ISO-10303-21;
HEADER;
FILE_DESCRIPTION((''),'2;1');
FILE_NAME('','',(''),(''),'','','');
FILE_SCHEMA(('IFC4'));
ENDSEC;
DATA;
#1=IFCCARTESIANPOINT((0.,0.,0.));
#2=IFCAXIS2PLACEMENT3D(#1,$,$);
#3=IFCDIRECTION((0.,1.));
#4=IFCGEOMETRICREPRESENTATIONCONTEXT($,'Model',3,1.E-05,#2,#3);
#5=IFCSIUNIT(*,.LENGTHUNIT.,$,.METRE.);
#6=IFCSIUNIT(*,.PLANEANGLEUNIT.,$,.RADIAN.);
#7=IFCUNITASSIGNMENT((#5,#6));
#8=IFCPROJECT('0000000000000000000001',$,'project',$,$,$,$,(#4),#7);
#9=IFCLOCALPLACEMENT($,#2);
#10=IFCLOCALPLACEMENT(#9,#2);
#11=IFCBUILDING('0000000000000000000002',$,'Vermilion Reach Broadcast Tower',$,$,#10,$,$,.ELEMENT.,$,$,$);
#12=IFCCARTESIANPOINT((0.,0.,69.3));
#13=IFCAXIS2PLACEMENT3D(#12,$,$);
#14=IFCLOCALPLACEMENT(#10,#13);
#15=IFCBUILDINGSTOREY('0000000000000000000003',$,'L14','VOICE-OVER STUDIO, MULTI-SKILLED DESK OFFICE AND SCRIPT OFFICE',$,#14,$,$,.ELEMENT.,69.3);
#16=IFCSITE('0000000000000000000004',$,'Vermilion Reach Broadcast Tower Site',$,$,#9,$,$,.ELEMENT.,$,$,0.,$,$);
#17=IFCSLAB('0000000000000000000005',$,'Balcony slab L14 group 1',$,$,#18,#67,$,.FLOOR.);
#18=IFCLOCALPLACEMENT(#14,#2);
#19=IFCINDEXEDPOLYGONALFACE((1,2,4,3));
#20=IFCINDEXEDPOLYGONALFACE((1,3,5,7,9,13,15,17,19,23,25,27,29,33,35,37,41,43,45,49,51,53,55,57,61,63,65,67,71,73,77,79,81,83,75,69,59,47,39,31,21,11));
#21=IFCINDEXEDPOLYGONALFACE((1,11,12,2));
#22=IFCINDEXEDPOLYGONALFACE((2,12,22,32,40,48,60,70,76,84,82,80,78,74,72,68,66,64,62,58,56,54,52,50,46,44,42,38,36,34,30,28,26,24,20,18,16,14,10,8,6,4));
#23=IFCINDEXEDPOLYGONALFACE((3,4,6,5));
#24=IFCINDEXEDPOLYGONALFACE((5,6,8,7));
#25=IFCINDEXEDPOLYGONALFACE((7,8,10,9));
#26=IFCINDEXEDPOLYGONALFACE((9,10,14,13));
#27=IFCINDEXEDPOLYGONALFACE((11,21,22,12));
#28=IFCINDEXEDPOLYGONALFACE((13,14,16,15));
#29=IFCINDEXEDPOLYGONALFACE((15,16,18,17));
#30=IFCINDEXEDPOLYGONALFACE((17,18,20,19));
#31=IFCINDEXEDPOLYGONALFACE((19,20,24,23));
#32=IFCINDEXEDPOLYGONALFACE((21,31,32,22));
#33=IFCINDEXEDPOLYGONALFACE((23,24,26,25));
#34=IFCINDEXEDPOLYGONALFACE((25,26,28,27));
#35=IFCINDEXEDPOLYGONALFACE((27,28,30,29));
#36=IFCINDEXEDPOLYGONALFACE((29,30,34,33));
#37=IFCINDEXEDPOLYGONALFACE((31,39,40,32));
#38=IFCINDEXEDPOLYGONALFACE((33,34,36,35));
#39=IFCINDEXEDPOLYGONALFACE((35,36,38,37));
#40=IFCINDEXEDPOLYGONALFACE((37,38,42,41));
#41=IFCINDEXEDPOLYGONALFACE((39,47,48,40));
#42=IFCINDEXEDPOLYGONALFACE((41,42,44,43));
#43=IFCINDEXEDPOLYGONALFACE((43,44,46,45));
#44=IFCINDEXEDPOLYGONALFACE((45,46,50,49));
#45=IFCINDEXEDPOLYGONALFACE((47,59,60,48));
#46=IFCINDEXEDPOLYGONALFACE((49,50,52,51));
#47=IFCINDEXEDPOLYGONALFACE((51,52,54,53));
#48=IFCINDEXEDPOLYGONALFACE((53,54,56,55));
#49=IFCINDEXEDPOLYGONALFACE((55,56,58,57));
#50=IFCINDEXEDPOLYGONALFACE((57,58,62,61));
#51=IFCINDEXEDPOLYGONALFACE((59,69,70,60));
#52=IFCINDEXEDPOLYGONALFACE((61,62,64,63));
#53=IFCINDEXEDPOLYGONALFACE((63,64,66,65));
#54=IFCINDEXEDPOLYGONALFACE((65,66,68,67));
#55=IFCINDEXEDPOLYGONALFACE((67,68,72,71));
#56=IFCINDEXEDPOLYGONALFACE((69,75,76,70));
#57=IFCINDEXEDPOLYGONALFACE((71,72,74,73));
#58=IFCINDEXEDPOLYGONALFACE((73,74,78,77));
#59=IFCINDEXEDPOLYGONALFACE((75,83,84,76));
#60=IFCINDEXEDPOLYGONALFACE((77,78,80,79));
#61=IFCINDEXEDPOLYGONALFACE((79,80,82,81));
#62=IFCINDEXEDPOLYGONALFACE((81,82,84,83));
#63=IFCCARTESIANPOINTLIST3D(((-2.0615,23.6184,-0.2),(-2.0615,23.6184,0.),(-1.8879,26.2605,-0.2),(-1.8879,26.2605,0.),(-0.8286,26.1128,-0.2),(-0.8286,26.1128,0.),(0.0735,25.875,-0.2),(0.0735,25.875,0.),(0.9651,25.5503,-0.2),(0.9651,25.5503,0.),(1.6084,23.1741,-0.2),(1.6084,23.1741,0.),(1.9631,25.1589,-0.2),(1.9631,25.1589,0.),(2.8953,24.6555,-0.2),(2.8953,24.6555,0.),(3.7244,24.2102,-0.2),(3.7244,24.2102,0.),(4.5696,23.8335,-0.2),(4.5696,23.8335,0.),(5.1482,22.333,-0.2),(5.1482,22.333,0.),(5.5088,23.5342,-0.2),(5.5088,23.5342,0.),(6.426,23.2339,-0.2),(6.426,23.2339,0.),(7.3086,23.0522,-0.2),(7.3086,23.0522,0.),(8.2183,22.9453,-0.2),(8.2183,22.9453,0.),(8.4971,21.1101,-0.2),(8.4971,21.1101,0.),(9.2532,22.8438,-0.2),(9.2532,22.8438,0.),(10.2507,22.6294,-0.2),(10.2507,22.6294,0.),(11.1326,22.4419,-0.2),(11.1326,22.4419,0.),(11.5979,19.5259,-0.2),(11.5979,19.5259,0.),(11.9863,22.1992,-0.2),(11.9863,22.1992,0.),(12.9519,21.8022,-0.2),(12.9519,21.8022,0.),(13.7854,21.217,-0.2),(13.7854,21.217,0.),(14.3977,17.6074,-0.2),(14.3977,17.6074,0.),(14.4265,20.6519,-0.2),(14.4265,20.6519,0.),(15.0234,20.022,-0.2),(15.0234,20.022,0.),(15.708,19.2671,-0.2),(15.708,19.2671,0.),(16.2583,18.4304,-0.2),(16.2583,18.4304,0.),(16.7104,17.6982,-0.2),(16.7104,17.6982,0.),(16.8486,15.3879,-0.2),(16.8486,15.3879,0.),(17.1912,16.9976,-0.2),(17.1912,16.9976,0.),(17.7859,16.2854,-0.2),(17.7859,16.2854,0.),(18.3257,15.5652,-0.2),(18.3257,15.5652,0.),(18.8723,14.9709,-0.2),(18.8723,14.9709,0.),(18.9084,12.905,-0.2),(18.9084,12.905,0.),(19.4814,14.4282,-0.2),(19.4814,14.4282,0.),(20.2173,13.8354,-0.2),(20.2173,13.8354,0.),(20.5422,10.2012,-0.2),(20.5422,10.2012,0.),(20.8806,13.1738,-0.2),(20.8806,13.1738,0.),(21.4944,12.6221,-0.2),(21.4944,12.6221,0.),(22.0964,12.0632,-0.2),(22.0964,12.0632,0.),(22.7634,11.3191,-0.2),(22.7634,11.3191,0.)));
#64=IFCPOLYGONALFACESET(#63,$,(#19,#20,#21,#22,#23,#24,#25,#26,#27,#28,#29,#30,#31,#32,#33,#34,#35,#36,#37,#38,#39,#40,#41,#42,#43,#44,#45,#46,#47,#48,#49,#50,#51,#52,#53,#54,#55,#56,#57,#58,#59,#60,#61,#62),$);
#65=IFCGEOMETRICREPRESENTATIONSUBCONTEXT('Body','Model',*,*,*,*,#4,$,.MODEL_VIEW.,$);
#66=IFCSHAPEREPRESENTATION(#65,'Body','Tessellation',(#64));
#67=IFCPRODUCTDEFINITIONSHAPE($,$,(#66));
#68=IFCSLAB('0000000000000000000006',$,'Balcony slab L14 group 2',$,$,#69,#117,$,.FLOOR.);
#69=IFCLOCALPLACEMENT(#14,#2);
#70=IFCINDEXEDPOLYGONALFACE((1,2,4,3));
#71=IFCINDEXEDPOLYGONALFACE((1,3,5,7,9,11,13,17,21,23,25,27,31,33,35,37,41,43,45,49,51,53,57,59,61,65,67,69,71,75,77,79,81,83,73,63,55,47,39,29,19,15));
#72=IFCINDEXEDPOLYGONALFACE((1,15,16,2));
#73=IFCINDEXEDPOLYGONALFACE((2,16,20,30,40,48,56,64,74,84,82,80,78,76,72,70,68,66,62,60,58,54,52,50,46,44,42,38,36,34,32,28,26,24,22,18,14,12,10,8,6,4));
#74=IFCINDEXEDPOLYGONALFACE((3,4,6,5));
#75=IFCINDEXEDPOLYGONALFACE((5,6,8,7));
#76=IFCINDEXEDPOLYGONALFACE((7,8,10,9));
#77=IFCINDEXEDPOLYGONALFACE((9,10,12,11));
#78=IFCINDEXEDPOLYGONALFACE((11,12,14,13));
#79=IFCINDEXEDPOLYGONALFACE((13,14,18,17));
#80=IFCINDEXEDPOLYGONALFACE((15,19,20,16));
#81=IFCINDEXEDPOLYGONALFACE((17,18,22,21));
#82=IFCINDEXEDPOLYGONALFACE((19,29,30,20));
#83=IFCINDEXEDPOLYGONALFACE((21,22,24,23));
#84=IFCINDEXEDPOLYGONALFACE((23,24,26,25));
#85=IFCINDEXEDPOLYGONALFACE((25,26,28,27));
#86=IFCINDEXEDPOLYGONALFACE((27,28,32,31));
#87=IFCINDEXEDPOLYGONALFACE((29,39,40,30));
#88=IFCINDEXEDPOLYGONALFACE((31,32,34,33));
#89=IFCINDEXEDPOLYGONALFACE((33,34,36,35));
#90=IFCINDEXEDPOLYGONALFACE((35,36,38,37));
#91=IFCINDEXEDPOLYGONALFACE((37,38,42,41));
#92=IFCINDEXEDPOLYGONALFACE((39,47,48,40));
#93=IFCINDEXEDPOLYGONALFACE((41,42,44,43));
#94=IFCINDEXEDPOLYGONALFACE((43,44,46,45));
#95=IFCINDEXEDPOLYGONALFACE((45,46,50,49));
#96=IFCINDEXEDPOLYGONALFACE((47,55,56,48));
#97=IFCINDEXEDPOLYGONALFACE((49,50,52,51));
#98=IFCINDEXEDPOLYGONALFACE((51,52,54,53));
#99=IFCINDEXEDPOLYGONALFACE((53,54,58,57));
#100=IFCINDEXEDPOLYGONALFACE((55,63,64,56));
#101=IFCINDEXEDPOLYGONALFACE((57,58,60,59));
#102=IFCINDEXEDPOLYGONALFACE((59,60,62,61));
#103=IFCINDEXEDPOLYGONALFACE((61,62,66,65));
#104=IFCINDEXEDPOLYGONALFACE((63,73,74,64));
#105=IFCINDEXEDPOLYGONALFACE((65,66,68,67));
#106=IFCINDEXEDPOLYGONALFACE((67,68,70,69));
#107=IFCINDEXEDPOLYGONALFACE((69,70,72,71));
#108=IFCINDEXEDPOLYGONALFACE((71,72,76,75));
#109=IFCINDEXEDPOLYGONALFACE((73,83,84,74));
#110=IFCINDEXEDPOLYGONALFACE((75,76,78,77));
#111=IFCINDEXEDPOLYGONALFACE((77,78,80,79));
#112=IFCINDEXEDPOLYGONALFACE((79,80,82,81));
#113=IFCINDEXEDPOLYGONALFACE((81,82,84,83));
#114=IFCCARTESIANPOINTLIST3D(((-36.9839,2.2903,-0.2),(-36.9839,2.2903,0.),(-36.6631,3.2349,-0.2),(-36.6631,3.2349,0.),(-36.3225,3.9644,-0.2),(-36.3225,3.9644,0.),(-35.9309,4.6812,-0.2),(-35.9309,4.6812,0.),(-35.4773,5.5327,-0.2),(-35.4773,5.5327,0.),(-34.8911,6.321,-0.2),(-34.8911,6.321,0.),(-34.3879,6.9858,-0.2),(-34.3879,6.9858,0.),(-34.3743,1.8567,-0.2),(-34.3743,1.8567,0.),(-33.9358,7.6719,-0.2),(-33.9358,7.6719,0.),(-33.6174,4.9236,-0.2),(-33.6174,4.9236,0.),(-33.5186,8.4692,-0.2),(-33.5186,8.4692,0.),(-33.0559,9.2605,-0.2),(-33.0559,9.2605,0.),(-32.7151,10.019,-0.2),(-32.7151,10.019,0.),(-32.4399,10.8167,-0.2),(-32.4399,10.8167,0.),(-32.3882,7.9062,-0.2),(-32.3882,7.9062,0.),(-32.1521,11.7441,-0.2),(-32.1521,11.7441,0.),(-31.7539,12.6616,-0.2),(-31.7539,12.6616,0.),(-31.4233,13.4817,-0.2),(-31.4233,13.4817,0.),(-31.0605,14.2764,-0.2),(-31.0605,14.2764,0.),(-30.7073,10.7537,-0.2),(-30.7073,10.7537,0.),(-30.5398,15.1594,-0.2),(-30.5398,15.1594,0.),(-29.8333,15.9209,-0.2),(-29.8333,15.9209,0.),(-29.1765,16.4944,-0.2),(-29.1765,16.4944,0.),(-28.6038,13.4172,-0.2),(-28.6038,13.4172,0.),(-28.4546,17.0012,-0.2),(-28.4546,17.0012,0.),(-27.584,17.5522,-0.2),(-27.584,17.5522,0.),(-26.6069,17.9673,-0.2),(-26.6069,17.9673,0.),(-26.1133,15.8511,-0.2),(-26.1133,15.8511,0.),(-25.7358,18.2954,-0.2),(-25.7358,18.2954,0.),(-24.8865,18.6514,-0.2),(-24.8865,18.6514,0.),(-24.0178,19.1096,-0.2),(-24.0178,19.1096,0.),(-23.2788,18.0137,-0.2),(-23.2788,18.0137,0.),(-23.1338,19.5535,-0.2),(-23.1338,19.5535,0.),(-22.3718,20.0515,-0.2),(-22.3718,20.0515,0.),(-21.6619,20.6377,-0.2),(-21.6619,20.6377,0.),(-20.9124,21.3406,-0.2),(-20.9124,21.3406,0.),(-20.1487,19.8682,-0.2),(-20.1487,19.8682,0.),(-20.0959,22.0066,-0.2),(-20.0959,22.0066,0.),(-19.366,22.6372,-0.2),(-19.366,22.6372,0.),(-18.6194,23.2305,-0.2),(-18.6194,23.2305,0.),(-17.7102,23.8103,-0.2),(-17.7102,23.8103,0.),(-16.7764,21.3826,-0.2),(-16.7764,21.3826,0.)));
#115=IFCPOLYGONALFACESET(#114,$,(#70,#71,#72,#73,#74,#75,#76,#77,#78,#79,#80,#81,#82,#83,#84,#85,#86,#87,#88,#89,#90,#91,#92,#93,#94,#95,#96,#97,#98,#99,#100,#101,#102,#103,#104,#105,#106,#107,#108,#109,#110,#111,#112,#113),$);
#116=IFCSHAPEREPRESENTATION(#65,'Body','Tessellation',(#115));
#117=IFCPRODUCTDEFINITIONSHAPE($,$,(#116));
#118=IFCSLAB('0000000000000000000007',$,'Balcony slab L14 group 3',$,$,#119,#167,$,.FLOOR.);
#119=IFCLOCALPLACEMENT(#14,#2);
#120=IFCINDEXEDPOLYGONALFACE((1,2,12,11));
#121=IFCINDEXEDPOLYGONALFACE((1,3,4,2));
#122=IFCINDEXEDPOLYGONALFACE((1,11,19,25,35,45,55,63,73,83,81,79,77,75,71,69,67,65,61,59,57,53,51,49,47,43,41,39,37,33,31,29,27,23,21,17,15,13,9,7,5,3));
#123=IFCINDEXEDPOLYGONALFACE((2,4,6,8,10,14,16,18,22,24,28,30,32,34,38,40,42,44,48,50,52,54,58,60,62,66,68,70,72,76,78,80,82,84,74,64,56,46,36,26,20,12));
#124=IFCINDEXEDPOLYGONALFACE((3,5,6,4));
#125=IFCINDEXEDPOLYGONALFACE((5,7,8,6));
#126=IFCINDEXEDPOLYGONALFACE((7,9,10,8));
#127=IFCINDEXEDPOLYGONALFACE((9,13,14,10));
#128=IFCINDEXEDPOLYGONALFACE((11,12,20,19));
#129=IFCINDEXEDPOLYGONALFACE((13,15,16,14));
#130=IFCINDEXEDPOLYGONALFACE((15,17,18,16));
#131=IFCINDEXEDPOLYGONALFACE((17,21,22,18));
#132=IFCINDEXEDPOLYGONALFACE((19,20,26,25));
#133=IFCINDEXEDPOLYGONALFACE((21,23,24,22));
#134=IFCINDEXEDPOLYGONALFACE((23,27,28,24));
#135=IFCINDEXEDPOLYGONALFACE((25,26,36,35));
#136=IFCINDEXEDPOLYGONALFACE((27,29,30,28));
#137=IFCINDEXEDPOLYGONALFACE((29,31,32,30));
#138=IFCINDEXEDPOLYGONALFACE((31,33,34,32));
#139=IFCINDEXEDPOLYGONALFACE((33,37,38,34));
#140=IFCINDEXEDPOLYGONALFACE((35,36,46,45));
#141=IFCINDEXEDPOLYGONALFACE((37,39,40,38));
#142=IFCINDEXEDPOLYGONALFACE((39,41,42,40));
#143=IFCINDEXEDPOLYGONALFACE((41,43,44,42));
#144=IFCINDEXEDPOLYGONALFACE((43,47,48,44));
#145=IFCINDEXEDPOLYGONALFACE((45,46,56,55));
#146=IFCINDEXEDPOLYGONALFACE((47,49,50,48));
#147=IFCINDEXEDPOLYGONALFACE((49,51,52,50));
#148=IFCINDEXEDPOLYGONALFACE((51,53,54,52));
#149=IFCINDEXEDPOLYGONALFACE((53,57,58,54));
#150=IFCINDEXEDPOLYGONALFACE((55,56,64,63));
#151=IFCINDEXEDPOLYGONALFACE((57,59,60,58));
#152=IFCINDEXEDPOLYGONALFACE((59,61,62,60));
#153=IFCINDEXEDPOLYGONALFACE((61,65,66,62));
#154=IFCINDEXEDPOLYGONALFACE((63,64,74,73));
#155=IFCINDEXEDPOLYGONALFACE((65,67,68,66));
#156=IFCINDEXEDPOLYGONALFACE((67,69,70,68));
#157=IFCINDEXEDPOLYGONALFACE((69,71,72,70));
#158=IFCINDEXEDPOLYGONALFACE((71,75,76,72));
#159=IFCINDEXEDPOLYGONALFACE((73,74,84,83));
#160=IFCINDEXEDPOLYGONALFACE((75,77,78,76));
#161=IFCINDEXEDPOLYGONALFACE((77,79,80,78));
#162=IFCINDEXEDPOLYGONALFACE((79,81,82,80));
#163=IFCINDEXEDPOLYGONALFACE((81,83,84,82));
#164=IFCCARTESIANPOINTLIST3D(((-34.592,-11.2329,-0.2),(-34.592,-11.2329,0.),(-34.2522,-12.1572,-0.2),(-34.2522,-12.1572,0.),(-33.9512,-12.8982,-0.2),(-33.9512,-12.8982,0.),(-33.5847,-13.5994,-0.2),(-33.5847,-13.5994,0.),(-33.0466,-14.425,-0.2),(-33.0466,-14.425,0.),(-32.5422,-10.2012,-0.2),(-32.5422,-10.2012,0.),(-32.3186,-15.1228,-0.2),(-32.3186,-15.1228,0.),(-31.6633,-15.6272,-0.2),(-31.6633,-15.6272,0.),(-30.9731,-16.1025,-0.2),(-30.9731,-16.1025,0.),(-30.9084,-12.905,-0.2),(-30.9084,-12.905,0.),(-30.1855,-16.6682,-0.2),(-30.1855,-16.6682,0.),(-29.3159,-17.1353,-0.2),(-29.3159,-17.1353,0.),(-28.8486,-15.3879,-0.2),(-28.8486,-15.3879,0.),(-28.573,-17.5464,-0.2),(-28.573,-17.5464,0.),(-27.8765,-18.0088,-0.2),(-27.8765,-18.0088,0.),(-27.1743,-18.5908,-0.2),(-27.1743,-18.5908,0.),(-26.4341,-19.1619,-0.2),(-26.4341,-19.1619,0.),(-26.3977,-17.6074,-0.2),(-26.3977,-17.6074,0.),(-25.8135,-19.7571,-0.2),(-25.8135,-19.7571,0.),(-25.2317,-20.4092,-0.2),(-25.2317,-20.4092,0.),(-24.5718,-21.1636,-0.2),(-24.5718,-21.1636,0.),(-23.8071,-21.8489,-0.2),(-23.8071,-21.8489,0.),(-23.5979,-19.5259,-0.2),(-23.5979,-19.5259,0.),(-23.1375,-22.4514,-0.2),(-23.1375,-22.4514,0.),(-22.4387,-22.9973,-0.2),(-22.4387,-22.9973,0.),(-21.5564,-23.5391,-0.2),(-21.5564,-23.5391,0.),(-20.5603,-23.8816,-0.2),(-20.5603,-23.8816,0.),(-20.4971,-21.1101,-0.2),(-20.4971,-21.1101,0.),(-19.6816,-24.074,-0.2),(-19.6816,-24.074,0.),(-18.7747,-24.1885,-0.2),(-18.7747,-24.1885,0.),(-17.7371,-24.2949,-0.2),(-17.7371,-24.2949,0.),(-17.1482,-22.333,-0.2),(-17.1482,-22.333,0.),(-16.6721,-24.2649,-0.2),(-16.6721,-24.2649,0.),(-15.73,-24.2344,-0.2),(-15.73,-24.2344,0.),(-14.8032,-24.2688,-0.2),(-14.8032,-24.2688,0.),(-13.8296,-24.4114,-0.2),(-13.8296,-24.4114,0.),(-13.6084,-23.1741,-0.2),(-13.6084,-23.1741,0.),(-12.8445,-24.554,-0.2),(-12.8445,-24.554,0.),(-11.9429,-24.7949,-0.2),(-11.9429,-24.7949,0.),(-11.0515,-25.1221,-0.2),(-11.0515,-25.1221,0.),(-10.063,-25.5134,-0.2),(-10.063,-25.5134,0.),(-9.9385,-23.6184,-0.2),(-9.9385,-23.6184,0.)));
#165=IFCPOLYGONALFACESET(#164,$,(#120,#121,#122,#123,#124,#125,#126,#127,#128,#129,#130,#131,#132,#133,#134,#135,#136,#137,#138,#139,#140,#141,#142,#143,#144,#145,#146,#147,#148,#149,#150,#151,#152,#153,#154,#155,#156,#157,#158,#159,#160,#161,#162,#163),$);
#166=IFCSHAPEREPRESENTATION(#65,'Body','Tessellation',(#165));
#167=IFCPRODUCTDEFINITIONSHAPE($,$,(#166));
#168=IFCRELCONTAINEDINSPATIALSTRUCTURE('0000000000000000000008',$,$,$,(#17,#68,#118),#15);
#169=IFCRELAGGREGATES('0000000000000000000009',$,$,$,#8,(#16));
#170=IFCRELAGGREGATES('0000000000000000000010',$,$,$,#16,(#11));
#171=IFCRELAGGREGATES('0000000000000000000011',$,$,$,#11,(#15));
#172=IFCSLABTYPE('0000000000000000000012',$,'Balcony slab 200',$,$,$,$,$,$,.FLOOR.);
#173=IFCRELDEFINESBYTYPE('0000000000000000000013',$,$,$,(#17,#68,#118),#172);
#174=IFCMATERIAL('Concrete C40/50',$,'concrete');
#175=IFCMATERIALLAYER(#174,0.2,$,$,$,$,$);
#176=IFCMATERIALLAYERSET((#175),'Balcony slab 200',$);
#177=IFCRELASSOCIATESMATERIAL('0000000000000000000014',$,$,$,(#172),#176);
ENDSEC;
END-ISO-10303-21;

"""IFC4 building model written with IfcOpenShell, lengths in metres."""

from ifc_helpers import new_model, si_unit, direction, frame, origin, place, context, subcontext, project, spatial, polyline, outline, extrude, material, layer, layer_set, type_object, element, save


model = new_model("IFC4")

# Units and contexts
model_context = context("Model", 3, precision=1e-05, world=origin(), true_north=direction((0.0, 1.0)))
body_context = subcontext(model_context, "Body", "Model", "MODEL_VIEW")
ifc_project = project(units=[si_unit("LENGTHUNIT", "METRE"), si_unit("PLANEANGLEUNIT", "RADIAN")], contexts=[model_context])

# Site, building, storey
site_placement = place(None, origin())
site = spatial("IfcSite", under=ifc_project, at=site_placement, Name="Vermilion Reach Broadcast Tower Site", CompositionType="ELEMENT", RefElevation=0.0)
building_placement = place(site_placement, origin())
building = spatial("IfcBuilding", under=site, at=building_placement, Name="Vermilion Reach Broadcast Tower", CompositionType="ELEMENT")
storey_placement = place(building_placement, frame((0.0, 0.0, 69.3)))
storey = spatial("IfcBuildingStorey", under=building, at=storey_placement, Name="L14", Description="VOICE-OVER STUDIO, MULTI-SKILLED DESK OFFICE AND SCRIPT OFFICE", CompositionType="ELEMENT", Elevation=69.3)

# Slabs
ifc_material_1 = material(Name="Concrete C40/50", Category="concrete")
ifc_layer_1 = layer(ifc_material_1, 0.2)
ifc_layer_set_1 = layer_set([ifc_layer_1], Name="Balcony slab 200")
slab_type_1 = type_object("IfcSlabType", Name="Balcony slab 200", PredefinedType="FLOOR", material=ifc_layer_set_1)
placement_1 = place(storey_placement, frame((0.0, 0.0, -0.2)))
element("IfcSlab", 1, at=placement_1, inside=storey, type_object=slab_type_1, Name="Balcony slab L14 group 1", PredefinedType="FLOOR", context=body_context, shape_type="SweptSolid", body=[
    extrude(outline(polyline([(20.5422, 10.2012), (18.9084, 12.905), (16.8486, 15.3879), (14.3977, 17.6074), (11.5979, 19.5259), (8.4971, 21.1101), (5.1482, 22.333), (1.6084, 23.1741), (-2.0615, 23.6184), (-1.8879, 26.2605), (-0.8286, 26.1128), (0.0735, 25.875), (0.9651, 25.5503), (1.9631, 25.1589), (2.8953, 24.6555), (3.7244, 24.2102), (4.5696, 23.8335), (5.5088, 23.5342), (6.426, 23.2339), (7.3086, 23.0522), (8.2183, 22.9453), (9.2532, 22.8438), (10.2507, 22.6294), (11.1326, 22.4419), (11.9863, 22.1992), (12.9519, 21.8022), (13.7854, 21.217), (14.4265, 20.6519), (15.0234, 20.022), (15.708, 19.2671), (16.2583, 18.4304), (16.7104, 17.6982), (17.1912, 16.9976), (17.7859, 16.2854), (18.3257, 15.5652), (18.8723, 14.9709), (19.4814, 14.4282), (20.2173, 13.8354), (20.8806, 13.1738), (21.4944, 12.6221), (22.0964, 12.0632), (22.7634, 11.3191), (20.5422, 10.2012)])), origin(), (0.0, 0.0, 1.0), 0.2),
])
element("IfcSlab", 2, at=placement_1, inside=storey, type_object=slab_type_1, Name="Balcony slab L14 group 2", PredefinedType="FLOOR", context=body_context, shape_type="SweptSolid", body=[
    extrude(outline(polyline([(-16.7764, 21.3826), (-20.1487, 19.8682), (-23.2788, 18.0137), (-26.1133, 15.8511), (-28.6038, 13.4172), (-30.7073, 10.7537), (-32.3882, 7.9062), (-33.6174, 4.9236), (-34.3743, 1.8567), (-36.9839, 2.2903), (-36.6631, 3.2349), (-36.3225, 3.9644), (-35.9309, 4.6812), (-35.4773, 5.5327), (-34.8911, 6.321), (-34.3879, 6.9858), (-33.9358, 7.6719), (-33.5186, 8.4692), (-33.0559, 9.2605), (-32.7151, 10.019), (-32.4399, 10.8167), (-32.1521, 11.7441), (-31.7539, 12.6616), (-31.4233, 13.4817), (-31.0605, 14.2764), (-30.5398, 15.1594), (-29.8333, 15.9209), (-29.1765, 16.4944), (-28.4546, 17.0012), (-27.584, 17.5522), (-26.6069, 17.9673), (-25.7358, 18.2954), (-24.8865, 18.6514), (-24.0178, 19.1096), (-23.1338, 19.5535), (-22.3718, 20.0515), (-21.6619, 20.6377), (-20.9124, 21.3406), (-20.0959, 22.0066), (-19.366, 22.6372), (-18.6194, 23.2305), (-17.7102, 23.8103), (-16.7764, 21.3826)])), origin(), (0.0, 0.0, 1.0), 0.2),
])
element("IfcSlab", 3, at=placement_1, inside=storey, type_object=slab_type_1, Name="Balcony slab L14 group 3", PredefinedType="FLOOR", context=body_context, shape_type="SweptSolid", body=[
    extrude(outline(polyline([(-32.5422, -10.2012), (-30.9084, -12.905), (-28.8486, -15.3879), (-26.3977, -17.6074), (-23.5979, -19.5259), (-20.4971, -21.1101), (-17.1482, -22.333), (-13.6084, -23.1741), (-9.9385, -23.6184), (-10.063, -25.5134), (-11.0515, -25.1221), (-11.9429, -24.7949), (-12.8445, -24.554), (-13.8296, -24.4114), (-14.8032, -24.2688), (-15.73, -24.2344), (-16.6721, -24.2649), (-17.7371, -24.2949), (-18.7747, -24.1885), (-19.6816, -24.074), (-20.5603, -23.8816), (-21.5564, -23.5391), (-22.4387, -22.9973), (-23.1375, -22.4514), (-23.8071, -21.8489), (-24.5718, -21.1636), (-25.2317, -20.4092), (-25.8135, -19.7571), (-26.4341, -19.1619), (-27.1743, -18.5908), (-27.8765, -18.0088), (-28.573, -17.5464), (-29.3159, -17.1353), (-30.1855, -16.6682), (-30.9731, -16.1025), (-31.6633, -15.6272), (-32.3186, -15.1228), (-33.0466, -14.425), (-33.5847, -13.5994), (-33.9512, -12.8982), (-34.2522, -12.1572), (-34.592, -11.2329), (-32.5422, -10.2012)])), origin(), (0.0, 0.0, 1.0), 0.2),
])

save(model, "model.ifc")
